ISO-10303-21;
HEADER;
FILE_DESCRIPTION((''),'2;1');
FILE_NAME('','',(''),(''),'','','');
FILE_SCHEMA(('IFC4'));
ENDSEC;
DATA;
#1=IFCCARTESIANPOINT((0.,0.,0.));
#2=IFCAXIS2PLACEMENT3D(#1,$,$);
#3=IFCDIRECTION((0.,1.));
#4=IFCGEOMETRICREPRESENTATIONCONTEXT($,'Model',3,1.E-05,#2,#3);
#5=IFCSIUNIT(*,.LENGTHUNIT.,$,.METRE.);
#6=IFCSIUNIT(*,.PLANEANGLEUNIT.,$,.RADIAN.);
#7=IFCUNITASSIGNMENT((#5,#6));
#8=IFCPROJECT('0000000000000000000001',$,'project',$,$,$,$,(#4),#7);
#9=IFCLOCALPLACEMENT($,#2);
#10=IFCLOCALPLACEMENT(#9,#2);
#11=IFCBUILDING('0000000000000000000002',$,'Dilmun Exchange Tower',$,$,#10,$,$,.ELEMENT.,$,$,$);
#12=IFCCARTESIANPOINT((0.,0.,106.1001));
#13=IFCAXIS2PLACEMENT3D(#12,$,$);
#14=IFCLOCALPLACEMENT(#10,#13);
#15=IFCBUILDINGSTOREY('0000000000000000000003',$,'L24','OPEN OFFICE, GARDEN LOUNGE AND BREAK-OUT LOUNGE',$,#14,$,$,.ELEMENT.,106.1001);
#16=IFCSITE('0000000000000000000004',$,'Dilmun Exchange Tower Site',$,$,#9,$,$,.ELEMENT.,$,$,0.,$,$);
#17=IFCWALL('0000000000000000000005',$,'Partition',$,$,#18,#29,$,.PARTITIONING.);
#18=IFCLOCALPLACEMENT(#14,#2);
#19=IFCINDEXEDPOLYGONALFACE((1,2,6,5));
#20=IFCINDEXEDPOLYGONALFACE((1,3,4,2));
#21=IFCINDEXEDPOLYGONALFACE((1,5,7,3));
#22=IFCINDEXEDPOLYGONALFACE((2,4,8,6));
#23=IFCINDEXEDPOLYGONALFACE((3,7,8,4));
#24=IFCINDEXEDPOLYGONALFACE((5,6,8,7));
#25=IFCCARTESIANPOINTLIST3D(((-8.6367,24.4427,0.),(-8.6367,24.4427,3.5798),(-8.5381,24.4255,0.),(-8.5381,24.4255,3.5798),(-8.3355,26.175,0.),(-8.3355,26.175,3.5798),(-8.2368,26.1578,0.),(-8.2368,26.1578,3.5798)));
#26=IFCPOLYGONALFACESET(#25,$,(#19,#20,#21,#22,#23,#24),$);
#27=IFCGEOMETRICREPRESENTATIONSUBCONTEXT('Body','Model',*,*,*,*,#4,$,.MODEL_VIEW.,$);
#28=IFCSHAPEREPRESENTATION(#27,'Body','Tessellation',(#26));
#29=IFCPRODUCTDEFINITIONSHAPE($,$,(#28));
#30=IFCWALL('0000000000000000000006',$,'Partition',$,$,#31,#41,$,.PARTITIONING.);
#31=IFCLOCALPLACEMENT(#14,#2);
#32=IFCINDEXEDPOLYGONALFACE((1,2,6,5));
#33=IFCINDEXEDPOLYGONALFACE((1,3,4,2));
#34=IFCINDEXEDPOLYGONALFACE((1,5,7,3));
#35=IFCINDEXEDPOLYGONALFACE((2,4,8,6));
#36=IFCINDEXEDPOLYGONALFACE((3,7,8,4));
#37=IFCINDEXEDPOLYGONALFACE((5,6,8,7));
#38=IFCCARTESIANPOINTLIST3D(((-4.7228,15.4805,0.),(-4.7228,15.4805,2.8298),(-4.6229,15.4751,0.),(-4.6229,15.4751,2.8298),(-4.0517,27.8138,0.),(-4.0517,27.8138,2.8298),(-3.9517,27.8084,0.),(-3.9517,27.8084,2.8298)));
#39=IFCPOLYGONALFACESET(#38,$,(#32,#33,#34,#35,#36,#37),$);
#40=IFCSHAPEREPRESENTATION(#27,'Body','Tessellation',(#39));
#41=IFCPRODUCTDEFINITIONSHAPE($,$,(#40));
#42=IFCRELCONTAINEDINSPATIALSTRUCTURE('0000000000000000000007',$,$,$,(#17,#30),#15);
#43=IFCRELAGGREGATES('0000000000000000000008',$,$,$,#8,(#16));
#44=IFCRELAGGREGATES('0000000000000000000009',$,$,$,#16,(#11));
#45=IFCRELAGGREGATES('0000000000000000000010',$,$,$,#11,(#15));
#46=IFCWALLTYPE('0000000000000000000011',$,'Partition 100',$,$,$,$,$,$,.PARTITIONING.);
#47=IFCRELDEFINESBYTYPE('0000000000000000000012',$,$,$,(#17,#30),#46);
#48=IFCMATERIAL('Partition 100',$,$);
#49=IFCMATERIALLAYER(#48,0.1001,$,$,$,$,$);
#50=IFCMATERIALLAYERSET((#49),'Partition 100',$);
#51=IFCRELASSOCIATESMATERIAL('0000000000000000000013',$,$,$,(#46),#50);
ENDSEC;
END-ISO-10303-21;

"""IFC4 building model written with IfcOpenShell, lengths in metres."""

from ifc_helpers import new_model, si_unit, direction, frame, frame_2d, origin, place, context, subcontext, project, spatial, rectangle, extrude, material, layer, layer_set, type_object, element, save


model = new_model("IFC4")

# Units and contexts
model_context = context("Model", 3, precision=1e-05, world=origin(), true_north=direction((0.0, 1.0)))
body_context = subcontext(model_context, "Body", "Model", "MODEL_VIEW")
ifc_project = project(units=[si_unit("LENGTHUNIT", "METRE"), si_unit("PLANEANGLEUNIT", "RADIAN")], contexts=[model_context])

# Site, building, storey
site_placement = place(None, origin())
site = spatial("IfcSite", under=ifc_project, at=site_placement, Name="Dilmun Exchange Tower Site", CompositionType="ELEMENT", RefElevation=0.0)
building_placement = place(site_placement, origin())
building = spatial("IfcBuilding", under=site, at=building_placement, Name="Dilmun Exchange Tower", CompositionType="ELEMENT")
storey_placement = place(building_placement, frame((0.0, 0.0, 106.1001)))
storey = spatial("IfcBuildingStorey", under=building, at=storey_placement, Name="L24", Description="OPEN OFFICE, GARDEN LOUNGE AND BREAK-OUT LOUNGE", CompositionType="ELEMENT", Elevation=106.1001)

# Walls
ifc_material_1 = material(Name="Partition 100")
ifc_layer_1 = layer(ifc_material_1, 0.1001)
ifc_layer_set_1 = layer_set([ifc_layer_1], Name="Partition 100")
wall_type_1 = type_object("IfcWallType", Name="Partition 100", PredefinedType="PARTITIONING", material=ifc_layer_set_1)
wall_1_placement = place(storey_placement, frame((-8.5874, 24.4341, 0.0), z_axis=(0.0, 0.0, 1.0), x_axis=(0.171329, 0.985214, 0.0)))
element("IfcWall", 1, at=wall_1_placement, inside=storey, type_object=wall_type_1, Name="Partition", PredefinedType="PARTITIONING", context=body_context, shape_type="SweptSolid", body=[
    extrude(rectangle(XDim=1.7583, YDim=0.1001, at=frame_2d((0.8792, 0.0))), origin(), (0.0, 0.0, 1.0), 3.5798),
])
wall_2_placement = place(storey_placement, frame((-4.6729, 15.4778, 0.0), z_axis=(0.0, 0.0, 1.0), x_axis=(0.054337, 0.998523, 0.0)))
element("IfcWall", 2, at=wall_2_placement, inside=storey, type_object=wall_type_1, Name="Partition", PredefinedType="PARTITIONING", context=body_context, shape_type="SweptSolid", body=[
    extrude(rectangle(XDim=12.3516, YDim=0.1001, at=frame_2d((6.1758, 0.0))), origin(), (0.0, 0.0, 1.0), 2.8298),
])

save(model, "model.ifc")
